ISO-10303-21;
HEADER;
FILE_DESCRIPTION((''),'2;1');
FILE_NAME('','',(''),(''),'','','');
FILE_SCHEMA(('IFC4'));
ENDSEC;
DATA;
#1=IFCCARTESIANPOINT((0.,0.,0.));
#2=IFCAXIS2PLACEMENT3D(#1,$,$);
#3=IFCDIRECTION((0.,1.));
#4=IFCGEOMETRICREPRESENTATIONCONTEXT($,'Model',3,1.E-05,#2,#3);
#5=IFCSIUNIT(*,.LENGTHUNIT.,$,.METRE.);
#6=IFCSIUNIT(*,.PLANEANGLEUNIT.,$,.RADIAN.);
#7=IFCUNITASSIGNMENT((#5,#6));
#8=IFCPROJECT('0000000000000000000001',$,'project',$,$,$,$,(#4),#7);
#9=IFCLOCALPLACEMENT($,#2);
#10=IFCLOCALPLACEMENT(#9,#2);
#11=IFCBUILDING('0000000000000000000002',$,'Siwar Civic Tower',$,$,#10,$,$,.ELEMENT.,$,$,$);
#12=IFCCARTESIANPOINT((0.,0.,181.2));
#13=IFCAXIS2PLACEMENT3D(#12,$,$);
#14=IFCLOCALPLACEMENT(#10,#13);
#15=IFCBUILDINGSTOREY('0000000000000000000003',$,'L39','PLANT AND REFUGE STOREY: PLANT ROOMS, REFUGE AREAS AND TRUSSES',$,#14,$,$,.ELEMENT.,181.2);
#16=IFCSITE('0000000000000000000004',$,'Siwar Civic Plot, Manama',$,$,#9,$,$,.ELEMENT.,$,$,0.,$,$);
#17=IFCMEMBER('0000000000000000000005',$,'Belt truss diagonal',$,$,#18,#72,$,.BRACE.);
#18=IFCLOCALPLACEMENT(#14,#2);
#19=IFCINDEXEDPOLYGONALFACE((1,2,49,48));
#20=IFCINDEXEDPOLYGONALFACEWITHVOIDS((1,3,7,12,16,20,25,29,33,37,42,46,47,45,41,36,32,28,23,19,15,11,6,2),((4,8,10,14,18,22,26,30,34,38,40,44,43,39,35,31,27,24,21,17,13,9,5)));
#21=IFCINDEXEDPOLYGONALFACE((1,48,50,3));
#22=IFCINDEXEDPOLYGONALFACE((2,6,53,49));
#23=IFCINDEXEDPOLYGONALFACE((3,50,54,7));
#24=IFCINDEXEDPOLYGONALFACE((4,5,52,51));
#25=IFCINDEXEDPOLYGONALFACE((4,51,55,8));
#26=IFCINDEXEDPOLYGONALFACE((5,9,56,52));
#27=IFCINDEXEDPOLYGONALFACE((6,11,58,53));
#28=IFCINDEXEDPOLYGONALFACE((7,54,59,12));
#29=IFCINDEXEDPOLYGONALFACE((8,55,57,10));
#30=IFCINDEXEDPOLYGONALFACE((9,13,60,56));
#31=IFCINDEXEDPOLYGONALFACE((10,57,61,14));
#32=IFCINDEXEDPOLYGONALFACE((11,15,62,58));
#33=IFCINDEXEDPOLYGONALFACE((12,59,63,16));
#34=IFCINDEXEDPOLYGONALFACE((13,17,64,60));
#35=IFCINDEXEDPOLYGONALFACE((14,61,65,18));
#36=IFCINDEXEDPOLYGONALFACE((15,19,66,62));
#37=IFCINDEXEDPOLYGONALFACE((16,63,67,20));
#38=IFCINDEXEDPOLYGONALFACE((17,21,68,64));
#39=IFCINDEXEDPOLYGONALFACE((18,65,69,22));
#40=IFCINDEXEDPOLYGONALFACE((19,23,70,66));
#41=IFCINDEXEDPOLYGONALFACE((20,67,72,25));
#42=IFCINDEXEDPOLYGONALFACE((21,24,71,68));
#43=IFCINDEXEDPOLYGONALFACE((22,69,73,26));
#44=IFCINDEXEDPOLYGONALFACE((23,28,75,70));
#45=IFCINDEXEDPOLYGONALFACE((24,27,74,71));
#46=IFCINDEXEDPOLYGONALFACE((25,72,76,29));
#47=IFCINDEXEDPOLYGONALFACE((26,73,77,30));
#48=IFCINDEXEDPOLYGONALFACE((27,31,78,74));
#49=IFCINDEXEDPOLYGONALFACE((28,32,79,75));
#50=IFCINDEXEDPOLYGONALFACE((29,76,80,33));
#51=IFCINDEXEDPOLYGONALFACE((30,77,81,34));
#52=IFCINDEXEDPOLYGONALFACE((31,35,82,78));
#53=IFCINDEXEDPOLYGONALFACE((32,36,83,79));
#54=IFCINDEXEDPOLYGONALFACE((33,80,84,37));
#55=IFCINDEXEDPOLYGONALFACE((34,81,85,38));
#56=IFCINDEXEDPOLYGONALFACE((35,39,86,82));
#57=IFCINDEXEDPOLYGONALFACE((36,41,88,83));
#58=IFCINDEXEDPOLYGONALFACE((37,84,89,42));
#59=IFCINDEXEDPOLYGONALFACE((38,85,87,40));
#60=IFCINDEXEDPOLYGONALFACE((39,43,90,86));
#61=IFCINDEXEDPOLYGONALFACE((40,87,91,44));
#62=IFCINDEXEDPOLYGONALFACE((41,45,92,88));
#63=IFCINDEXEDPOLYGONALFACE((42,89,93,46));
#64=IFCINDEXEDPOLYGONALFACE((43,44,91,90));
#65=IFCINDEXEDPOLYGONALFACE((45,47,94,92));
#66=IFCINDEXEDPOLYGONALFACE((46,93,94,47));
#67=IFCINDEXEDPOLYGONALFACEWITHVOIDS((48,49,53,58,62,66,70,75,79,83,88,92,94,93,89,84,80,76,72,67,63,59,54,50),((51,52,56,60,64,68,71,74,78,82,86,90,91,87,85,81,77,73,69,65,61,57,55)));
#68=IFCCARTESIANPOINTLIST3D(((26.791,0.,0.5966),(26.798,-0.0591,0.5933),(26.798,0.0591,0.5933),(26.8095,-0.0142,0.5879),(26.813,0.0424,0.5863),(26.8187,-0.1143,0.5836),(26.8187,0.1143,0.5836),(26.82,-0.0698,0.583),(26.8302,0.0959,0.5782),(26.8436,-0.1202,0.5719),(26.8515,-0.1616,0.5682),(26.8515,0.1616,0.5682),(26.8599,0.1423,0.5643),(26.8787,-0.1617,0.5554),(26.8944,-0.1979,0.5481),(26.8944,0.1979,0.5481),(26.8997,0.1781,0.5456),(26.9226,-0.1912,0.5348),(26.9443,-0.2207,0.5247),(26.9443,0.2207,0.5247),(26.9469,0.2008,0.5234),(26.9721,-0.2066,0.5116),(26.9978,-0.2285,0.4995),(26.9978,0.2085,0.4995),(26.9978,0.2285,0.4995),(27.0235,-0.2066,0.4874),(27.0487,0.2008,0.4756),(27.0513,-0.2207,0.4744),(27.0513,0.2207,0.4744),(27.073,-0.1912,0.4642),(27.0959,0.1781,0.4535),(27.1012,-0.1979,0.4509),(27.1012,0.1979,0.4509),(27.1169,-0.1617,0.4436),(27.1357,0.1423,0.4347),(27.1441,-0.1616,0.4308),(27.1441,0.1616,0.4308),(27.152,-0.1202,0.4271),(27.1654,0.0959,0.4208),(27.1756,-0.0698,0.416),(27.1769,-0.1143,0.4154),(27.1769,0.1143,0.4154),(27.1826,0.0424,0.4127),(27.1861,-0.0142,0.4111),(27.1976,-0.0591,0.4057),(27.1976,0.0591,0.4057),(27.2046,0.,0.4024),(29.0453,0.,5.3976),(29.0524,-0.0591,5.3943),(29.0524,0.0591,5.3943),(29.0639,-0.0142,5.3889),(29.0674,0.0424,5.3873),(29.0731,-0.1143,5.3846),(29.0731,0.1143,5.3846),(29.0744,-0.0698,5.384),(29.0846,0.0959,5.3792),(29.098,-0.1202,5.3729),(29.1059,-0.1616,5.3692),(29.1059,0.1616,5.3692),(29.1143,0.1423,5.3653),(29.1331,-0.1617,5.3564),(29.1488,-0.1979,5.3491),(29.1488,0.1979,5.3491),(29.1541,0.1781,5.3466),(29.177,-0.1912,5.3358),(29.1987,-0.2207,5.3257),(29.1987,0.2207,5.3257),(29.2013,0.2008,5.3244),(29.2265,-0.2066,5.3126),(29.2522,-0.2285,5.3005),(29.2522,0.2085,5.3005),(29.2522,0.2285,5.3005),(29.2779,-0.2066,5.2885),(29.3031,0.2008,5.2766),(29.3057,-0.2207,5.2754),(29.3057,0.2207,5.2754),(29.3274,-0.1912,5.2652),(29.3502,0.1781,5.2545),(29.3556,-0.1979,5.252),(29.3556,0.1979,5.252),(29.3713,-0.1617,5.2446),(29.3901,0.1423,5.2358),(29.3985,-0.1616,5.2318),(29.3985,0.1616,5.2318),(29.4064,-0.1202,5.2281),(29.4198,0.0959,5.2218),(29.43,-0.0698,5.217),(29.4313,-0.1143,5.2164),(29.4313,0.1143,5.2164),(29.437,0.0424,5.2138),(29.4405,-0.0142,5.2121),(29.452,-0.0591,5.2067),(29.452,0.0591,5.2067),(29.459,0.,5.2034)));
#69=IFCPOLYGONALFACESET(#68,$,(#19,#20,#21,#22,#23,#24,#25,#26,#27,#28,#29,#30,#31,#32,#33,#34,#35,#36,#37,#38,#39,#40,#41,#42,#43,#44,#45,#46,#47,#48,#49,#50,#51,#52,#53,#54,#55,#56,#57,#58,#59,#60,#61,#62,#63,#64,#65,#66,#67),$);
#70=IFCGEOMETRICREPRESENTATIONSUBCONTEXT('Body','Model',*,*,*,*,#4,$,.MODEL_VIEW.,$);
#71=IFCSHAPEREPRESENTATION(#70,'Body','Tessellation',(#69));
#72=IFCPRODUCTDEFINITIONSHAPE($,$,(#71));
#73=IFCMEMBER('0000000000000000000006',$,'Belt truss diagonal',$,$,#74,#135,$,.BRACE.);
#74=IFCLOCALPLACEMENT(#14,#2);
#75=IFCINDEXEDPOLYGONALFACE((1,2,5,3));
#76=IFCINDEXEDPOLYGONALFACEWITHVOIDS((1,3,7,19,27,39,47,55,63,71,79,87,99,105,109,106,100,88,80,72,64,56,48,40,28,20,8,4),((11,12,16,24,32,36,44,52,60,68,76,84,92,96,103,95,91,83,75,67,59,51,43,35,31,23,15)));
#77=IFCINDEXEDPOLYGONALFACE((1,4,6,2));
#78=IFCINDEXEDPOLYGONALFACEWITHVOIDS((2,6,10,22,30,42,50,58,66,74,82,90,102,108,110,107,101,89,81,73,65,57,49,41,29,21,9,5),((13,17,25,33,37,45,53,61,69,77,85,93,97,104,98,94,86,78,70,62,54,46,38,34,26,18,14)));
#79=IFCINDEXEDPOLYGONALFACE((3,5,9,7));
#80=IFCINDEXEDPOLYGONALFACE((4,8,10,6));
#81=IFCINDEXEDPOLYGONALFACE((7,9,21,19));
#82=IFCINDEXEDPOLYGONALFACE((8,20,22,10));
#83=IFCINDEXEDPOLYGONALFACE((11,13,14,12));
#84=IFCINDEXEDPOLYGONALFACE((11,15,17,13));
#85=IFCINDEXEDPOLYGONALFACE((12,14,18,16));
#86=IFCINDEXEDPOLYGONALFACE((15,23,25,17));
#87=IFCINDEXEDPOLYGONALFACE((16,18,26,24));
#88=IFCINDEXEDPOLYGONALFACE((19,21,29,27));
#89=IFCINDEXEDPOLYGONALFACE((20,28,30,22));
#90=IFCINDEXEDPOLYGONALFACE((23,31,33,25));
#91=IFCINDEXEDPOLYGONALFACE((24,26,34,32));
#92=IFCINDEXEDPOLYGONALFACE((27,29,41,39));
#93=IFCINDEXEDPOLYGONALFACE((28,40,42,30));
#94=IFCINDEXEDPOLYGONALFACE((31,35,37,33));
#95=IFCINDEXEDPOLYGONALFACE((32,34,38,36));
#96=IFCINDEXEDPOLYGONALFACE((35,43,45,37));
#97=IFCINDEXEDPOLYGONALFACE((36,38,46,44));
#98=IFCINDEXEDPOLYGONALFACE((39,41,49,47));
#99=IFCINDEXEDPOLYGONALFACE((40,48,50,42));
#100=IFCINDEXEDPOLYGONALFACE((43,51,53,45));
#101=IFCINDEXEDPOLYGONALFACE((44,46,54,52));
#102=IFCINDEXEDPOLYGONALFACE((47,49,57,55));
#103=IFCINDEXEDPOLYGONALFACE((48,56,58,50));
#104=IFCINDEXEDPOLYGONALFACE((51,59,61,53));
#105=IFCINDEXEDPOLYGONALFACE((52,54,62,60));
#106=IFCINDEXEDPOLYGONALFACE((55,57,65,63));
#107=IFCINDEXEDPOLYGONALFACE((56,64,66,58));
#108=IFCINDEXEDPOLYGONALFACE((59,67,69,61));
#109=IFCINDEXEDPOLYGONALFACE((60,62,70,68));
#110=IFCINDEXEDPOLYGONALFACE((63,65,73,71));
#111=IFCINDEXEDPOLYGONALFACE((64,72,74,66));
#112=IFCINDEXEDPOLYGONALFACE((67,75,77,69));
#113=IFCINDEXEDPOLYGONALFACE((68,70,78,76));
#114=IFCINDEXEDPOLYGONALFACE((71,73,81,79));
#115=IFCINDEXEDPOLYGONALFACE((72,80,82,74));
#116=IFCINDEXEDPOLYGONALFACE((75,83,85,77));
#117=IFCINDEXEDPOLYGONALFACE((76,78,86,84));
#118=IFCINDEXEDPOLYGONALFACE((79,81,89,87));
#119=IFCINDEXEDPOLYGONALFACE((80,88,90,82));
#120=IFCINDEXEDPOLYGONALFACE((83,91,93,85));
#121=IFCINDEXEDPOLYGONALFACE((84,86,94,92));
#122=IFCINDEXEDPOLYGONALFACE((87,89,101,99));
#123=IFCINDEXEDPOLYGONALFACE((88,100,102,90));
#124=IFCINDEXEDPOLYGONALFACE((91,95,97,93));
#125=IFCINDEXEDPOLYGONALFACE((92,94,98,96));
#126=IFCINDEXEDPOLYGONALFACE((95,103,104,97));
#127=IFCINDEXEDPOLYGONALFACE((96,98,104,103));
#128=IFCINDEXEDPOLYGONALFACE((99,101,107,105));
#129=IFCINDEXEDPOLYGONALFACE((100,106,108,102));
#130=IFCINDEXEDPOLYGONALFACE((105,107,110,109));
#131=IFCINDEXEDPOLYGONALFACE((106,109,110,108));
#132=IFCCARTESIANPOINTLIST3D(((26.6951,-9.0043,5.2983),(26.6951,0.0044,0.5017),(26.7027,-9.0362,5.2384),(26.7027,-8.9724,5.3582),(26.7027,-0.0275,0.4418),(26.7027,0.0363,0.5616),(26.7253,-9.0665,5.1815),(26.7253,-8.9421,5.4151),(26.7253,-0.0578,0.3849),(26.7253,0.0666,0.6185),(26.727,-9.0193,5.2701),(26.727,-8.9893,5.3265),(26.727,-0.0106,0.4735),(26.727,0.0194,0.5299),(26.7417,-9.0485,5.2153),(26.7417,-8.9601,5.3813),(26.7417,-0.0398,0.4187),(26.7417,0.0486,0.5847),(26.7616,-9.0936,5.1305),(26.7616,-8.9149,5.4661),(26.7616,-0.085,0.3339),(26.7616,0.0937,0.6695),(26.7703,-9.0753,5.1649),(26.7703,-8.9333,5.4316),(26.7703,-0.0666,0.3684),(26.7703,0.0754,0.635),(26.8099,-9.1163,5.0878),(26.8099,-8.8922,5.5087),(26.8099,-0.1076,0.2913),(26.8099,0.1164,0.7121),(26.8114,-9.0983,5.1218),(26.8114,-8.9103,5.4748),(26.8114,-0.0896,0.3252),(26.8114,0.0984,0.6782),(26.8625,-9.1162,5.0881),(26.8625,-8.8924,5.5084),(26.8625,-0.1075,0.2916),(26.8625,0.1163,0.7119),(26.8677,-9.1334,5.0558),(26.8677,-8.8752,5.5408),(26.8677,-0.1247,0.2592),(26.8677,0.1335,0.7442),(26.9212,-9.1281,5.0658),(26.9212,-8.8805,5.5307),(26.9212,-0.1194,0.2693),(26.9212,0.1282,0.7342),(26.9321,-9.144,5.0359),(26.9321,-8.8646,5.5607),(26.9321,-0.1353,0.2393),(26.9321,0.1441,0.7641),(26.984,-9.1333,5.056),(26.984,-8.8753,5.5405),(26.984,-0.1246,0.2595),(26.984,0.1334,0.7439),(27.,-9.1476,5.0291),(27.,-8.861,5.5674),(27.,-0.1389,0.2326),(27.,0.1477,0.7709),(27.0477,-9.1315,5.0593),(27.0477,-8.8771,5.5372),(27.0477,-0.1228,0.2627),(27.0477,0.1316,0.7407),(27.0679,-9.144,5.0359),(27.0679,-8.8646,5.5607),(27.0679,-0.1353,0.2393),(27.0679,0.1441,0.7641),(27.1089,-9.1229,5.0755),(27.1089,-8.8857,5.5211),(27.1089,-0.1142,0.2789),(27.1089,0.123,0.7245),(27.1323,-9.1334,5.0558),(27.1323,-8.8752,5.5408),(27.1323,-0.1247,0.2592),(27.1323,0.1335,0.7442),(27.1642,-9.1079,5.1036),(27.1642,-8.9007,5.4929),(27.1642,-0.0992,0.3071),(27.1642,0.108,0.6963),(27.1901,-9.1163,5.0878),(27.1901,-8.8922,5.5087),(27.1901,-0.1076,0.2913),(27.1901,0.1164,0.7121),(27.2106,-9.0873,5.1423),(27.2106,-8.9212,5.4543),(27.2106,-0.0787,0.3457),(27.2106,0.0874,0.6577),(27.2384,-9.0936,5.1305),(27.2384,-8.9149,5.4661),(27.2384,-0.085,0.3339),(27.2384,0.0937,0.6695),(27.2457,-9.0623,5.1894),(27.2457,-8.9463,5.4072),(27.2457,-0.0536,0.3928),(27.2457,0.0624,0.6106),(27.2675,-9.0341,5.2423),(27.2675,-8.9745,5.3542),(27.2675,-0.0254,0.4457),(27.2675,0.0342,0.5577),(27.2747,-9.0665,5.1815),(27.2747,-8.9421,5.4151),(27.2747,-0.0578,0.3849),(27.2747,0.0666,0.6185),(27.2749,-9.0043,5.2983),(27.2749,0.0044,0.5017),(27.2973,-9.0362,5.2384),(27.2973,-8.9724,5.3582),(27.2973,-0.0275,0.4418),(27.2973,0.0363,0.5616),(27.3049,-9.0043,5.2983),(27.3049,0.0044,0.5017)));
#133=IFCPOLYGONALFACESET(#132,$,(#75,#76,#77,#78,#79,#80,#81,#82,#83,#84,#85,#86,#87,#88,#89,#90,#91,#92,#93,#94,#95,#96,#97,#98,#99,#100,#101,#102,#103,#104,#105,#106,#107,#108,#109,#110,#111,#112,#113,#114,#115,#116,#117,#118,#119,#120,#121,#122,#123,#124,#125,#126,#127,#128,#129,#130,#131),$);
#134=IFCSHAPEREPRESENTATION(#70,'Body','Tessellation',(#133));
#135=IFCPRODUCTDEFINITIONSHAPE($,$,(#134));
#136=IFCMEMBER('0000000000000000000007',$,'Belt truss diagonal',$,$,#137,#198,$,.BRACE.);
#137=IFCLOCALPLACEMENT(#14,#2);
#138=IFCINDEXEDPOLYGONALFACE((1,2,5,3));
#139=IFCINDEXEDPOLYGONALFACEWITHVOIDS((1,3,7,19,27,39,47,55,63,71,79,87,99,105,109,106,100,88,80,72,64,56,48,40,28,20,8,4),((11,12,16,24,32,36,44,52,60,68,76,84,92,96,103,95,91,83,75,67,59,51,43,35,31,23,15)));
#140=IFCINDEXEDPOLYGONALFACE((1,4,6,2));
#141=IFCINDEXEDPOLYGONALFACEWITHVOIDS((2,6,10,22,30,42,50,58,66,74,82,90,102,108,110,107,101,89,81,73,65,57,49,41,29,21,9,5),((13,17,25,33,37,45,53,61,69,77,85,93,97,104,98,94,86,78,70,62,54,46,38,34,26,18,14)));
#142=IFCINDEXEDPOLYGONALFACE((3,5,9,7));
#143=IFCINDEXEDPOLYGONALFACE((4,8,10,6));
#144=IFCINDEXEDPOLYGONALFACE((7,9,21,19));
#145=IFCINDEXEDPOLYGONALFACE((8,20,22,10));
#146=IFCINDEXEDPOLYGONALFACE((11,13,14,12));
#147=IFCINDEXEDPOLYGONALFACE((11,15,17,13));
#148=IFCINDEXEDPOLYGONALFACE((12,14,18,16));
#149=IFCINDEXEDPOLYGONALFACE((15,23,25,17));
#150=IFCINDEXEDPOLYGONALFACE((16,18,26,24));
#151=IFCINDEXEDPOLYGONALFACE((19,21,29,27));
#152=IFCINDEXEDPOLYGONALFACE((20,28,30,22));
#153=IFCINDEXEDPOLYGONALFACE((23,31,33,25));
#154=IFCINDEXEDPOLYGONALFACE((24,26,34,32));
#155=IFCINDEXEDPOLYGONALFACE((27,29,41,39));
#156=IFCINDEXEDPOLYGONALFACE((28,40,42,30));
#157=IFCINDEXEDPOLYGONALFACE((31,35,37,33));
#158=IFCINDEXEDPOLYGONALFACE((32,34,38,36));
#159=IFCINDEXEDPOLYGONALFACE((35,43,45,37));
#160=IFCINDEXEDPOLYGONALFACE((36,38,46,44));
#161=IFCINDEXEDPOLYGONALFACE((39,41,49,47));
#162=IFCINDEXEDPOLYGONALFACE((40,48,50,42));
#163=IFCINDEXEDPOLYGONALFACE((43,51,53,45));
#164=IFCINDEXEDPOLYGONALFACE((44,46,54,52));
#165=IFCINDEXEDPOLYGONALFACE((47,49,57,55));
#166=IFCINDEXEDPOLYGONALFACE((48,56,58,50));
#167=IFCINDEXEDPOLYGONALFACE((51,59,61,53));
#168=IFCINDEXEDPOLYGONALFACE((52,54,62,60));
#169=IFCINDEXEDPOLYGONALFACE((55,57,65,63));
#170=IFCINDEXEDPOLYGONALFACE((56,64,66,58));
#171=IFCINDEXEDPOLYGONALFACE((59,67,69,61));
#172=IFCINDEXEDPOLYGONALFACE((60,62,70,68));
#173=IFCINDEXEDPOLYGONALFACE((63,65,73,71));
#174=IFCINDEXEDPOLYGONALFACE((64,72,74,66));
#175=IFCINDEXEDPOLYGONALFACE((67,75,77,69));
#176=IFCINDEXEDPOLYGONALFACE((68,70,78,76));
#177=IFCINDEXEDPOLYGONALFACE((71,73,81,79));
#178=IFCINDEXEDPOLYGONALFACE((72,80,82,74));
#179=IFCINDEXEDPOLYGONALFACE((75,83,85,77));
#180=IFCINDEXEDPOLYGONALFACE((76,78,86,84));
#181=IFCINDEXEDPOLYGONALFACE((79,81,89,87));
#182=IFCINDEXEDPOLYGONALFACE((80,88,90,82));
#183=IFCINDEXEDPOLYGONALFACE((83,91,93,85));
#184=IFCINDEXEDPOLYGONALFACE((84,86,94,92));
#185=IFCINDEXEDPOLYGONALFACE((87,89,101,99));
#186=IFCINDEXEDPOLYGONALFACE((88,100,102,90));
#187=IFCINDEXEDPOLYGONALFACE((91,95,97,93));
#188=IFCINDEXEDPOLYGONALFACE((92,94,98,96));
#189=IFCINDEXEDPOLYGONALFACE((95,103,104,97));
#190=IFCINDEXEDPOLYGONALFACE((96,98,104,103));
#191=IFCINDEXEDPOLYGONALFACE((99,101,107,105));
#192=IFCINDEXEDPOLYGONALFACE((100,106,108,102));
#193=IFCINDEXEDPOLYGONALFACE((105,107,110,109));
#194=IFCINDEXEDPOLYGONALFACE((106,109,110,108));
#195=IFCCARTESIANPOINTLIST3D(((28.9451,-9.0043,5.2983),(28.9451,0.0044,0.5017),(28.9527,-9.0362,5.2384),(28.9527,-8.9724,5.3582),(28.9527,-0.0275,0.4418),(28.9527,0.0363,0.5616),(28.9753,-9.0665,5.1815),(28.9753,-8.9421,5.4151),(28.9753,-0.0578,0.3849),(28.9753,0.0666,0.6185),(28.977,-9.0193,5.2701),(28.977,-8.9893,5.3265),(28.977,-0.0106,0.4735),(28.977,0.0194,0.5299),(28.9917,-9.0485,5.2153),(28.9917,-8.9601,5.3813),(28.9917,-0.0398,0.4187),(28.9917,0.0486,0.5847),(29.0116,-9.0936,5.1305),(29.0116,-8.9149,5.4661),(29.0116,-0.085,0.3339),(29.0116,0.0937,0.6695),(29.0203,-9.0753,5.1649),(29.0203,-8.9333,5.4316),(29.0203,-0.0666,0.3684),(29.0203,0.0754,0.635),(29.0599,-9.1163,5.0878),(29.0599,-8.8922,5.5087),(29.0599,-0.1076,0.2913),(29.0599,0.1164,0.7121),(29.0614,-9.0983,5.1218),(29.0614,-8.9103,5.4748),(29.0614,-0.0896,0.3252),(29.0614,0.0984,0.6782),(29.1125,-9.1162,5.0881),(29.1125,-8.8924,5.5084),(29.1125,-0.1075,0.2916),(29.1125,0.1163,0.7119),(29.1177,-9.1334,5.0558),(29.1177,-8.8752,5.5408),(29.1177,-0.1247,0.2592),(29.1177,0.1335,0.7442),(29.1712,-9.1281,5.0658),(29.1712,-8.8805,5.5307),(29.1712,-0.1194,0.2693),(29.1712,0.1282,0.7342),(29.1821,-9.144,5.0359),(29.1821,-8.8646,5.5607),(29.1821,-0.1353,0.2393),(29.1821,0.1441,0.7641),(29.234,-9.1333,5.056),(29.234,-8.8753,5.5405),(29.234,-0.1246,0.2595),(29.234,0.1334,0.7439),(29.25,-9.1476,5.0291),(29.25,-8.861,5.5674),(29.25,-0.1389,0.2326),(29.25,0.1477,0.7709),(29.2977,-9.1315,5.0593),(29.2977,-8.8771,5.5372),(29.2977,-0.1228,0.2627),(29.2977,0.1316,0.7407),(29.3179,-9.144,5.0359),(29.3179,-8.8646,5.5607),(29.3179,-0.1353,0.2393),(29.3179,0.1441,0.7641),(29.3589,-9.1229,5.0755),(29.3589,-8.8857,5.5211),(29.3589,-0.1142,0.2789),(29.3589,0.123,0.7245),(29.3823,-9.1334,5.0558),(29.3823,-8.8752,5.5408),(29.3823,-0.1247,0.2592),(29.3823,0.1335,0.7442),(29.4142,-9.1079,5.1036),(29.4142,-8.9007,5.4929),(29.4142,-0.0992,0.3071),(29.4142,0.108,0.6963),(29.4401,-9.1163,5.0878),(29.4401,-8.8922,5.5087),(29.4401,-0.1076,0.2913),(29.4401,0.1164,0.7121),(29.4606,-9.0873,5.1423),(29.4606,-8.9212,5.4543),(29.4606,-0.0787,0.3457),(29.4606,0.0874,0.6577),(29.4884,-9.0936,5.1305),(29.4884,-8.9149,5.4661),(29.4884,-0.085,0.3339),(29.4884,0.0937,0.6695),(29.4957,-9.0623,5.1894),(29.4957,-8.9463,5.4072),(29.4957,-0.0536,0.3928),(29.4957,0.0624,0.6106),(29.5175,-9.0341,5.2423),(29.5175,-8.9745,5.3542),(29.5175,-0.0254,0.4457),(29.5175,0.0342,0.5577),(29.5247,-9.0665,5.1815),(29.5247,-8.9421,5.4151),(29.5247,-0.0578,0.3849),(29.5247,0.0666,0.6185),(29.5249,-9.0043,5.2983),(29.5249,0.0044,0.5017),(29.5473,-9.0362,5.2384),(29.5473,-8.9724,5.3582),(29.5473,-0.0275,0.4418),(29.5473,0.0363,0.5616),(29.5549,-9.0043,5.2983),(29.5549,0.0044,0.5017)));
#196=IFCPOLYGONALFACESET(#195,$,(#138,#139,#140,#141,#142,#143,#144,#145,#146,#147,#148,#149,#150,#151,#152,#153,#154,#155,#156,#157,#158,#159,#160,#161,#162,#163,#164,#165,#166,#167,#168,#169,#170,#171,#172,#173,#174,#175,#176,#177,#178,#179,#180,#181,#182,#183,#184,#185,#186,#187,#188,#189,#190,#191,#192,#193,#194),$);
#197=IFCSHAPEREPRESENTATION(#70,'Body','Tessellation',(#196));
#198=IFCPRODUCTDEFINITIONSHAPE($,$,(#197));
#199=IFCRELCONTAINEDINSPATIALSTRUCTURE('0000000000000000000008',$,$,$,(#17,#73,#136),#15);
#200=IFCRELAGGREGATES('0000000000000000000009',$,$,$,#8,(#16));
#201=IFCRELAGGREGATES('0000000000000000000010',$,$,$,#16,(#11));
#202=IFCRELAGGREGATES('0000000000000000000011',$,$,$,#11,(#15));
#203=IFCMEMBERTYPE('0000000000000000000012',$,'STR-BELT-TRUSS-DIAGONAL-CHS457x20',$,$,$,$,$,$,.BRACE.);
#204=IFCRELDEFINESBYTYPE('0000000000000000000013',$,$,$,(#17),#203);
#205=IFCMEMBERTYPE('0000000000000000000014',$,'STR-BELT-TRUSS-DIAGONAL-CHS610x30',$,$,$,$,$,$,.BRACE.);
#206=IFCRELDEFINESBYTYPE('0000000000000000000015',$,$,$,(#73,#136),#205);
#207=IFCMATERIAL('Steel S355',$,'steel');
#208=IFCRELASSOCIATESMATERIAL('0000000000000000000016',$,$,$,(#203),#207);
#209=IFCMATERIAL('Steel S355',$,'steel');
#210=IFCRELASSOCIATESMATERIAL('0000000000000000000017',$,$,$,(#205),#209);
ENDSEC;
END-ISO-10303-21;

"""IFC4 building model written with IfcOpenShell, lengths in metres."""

from ifc_helpers import new_model, si_unit, direction, frame, origin, origin_2d, place, context, subcontext, project, spatial, hollow_circle, extrude, material, material_profile, profile_set, type_object, element, save


model = new_model("IFC4")

# Units and contexts
model_context = context("Model", 3, precision=1e-05, world=origin(), true_north=direction((0.0, 1.0)))
body_context = subcontext(model_context, "Body", "Model", "MODEL_VIEW")
ifc_project = project(units=[si_unit("LENGTHUNIT", "METRE"), si_unit("PLANEANGLEUNIT", "RADIAN")], contexts=[model_context])

# Site, building, storey
site_placement = place(None, origin())
site = spatial("IfcSite", under=ifc_project, at=site_placement, Name="Siwar Civic Plot, Manama", CompositionType="ELEMENT", RefElevation=0.0)
building_placement = place(site_placement, origin())
building = spatial("IfcBuilding", under=site, at=building_placement, Name="Siwar Civic Tower", CompositionType="ELEMENT")
storey_placement = place(building_placement, frame((0.0, 0.0, 181.2)))
storey = spatial("IfcBuildingStorey", under=building, at=storey_placement, Name="L39", Description="PLANT AND REFUGE STOREY: PLANT ROOMS, REFUGE AREAS AND TRUSSES", CompositionType="ELEMENT", Elevation=181.2)

# Members
ifc_material_1 = material(Name="Steel S355", Category="steel")
ifc_material_profile_1 = material_profile(ifc_material_1, hollow_circle(Radius=0.2285, WallThickness=0.02, at=origin_2d()), Name="CHS457x20")
ifc_profile_set_1 = profile_set([ifc_material_profile_1], Name="Steel S355")
member_type_1 = type_object("IfcMemberType", Name="STR-BELT-TRUSS-DIAGONAL-CHS457x20", PredefinedType="BRACE", material=ifc_profile_set_1)
member_1_placement = place(storey_placement, frame((26.9978, 0.0, 0.4995), z_axis=(0.425039, 0.0, 0.905175), x_axis=(0.0, 1.0, 0.0)))
element("IfcMember", 1, at=member_1_placement, inside=storey, type_object=member_type_1, Name="Belt truss diagonal", PredefinedType="BRACE", context=body_context, shape_type="SweptSolid", body=[
    extrude(hollow_circle(Radius=0.2285, WallThickness=0.02, at=origin_2d()), origin(), (0.0, 0.0, 1.0), 5.304),
])
ifc_material_2 = material(Name="Steel S355", Category="steel")
ifc_material_profile_2 = material_profile(ifc_material_2, hollow_circle(Radius=0.3049, WallThickness=0.03, at=origin_2d()), Name="CHS610x30")
ifc_profile_set_2 = profile_set([ifc_material_profile_2], Name="Steel S355")
member_type_2 = type_object("IfcMemberType", Name="STR-BELT-TRUSS-DIAGONAL-CHS610x30", PredefinedType="BRACE", material=ifc_profile_set_2)
for number, where, z_axis, x_axis, name in (
    (2, (27.0, 0.0044, 0.5017), (0.0, -0.882681, 0.469974), (1.0, 0.0, 0.0), "Belt truss diagonal"),
    (3, (29.25, 0.0044, 0.5017), (0.0, -0.882681, 0.469974), (1.0, 0.0, 0.0), "Belt truss diagonal"),
):
    element("IfcMember", number, at=place(storey_placement, frame(where, z_axis=z_axis, x_axis=x_axis)), inside=storey, type_object=member_type_2, Name=name, PredefinedType="BRACE", context=body_context, shape_type="SweptSolid", body=[
        extrude(hollow_circle(Radius=0.3049, WallThickness=0.03, at=origin_2d()), origin(), (0.0, 0.0, 1.0), 10.2061),
    ])

save(model, "model.ifc")
